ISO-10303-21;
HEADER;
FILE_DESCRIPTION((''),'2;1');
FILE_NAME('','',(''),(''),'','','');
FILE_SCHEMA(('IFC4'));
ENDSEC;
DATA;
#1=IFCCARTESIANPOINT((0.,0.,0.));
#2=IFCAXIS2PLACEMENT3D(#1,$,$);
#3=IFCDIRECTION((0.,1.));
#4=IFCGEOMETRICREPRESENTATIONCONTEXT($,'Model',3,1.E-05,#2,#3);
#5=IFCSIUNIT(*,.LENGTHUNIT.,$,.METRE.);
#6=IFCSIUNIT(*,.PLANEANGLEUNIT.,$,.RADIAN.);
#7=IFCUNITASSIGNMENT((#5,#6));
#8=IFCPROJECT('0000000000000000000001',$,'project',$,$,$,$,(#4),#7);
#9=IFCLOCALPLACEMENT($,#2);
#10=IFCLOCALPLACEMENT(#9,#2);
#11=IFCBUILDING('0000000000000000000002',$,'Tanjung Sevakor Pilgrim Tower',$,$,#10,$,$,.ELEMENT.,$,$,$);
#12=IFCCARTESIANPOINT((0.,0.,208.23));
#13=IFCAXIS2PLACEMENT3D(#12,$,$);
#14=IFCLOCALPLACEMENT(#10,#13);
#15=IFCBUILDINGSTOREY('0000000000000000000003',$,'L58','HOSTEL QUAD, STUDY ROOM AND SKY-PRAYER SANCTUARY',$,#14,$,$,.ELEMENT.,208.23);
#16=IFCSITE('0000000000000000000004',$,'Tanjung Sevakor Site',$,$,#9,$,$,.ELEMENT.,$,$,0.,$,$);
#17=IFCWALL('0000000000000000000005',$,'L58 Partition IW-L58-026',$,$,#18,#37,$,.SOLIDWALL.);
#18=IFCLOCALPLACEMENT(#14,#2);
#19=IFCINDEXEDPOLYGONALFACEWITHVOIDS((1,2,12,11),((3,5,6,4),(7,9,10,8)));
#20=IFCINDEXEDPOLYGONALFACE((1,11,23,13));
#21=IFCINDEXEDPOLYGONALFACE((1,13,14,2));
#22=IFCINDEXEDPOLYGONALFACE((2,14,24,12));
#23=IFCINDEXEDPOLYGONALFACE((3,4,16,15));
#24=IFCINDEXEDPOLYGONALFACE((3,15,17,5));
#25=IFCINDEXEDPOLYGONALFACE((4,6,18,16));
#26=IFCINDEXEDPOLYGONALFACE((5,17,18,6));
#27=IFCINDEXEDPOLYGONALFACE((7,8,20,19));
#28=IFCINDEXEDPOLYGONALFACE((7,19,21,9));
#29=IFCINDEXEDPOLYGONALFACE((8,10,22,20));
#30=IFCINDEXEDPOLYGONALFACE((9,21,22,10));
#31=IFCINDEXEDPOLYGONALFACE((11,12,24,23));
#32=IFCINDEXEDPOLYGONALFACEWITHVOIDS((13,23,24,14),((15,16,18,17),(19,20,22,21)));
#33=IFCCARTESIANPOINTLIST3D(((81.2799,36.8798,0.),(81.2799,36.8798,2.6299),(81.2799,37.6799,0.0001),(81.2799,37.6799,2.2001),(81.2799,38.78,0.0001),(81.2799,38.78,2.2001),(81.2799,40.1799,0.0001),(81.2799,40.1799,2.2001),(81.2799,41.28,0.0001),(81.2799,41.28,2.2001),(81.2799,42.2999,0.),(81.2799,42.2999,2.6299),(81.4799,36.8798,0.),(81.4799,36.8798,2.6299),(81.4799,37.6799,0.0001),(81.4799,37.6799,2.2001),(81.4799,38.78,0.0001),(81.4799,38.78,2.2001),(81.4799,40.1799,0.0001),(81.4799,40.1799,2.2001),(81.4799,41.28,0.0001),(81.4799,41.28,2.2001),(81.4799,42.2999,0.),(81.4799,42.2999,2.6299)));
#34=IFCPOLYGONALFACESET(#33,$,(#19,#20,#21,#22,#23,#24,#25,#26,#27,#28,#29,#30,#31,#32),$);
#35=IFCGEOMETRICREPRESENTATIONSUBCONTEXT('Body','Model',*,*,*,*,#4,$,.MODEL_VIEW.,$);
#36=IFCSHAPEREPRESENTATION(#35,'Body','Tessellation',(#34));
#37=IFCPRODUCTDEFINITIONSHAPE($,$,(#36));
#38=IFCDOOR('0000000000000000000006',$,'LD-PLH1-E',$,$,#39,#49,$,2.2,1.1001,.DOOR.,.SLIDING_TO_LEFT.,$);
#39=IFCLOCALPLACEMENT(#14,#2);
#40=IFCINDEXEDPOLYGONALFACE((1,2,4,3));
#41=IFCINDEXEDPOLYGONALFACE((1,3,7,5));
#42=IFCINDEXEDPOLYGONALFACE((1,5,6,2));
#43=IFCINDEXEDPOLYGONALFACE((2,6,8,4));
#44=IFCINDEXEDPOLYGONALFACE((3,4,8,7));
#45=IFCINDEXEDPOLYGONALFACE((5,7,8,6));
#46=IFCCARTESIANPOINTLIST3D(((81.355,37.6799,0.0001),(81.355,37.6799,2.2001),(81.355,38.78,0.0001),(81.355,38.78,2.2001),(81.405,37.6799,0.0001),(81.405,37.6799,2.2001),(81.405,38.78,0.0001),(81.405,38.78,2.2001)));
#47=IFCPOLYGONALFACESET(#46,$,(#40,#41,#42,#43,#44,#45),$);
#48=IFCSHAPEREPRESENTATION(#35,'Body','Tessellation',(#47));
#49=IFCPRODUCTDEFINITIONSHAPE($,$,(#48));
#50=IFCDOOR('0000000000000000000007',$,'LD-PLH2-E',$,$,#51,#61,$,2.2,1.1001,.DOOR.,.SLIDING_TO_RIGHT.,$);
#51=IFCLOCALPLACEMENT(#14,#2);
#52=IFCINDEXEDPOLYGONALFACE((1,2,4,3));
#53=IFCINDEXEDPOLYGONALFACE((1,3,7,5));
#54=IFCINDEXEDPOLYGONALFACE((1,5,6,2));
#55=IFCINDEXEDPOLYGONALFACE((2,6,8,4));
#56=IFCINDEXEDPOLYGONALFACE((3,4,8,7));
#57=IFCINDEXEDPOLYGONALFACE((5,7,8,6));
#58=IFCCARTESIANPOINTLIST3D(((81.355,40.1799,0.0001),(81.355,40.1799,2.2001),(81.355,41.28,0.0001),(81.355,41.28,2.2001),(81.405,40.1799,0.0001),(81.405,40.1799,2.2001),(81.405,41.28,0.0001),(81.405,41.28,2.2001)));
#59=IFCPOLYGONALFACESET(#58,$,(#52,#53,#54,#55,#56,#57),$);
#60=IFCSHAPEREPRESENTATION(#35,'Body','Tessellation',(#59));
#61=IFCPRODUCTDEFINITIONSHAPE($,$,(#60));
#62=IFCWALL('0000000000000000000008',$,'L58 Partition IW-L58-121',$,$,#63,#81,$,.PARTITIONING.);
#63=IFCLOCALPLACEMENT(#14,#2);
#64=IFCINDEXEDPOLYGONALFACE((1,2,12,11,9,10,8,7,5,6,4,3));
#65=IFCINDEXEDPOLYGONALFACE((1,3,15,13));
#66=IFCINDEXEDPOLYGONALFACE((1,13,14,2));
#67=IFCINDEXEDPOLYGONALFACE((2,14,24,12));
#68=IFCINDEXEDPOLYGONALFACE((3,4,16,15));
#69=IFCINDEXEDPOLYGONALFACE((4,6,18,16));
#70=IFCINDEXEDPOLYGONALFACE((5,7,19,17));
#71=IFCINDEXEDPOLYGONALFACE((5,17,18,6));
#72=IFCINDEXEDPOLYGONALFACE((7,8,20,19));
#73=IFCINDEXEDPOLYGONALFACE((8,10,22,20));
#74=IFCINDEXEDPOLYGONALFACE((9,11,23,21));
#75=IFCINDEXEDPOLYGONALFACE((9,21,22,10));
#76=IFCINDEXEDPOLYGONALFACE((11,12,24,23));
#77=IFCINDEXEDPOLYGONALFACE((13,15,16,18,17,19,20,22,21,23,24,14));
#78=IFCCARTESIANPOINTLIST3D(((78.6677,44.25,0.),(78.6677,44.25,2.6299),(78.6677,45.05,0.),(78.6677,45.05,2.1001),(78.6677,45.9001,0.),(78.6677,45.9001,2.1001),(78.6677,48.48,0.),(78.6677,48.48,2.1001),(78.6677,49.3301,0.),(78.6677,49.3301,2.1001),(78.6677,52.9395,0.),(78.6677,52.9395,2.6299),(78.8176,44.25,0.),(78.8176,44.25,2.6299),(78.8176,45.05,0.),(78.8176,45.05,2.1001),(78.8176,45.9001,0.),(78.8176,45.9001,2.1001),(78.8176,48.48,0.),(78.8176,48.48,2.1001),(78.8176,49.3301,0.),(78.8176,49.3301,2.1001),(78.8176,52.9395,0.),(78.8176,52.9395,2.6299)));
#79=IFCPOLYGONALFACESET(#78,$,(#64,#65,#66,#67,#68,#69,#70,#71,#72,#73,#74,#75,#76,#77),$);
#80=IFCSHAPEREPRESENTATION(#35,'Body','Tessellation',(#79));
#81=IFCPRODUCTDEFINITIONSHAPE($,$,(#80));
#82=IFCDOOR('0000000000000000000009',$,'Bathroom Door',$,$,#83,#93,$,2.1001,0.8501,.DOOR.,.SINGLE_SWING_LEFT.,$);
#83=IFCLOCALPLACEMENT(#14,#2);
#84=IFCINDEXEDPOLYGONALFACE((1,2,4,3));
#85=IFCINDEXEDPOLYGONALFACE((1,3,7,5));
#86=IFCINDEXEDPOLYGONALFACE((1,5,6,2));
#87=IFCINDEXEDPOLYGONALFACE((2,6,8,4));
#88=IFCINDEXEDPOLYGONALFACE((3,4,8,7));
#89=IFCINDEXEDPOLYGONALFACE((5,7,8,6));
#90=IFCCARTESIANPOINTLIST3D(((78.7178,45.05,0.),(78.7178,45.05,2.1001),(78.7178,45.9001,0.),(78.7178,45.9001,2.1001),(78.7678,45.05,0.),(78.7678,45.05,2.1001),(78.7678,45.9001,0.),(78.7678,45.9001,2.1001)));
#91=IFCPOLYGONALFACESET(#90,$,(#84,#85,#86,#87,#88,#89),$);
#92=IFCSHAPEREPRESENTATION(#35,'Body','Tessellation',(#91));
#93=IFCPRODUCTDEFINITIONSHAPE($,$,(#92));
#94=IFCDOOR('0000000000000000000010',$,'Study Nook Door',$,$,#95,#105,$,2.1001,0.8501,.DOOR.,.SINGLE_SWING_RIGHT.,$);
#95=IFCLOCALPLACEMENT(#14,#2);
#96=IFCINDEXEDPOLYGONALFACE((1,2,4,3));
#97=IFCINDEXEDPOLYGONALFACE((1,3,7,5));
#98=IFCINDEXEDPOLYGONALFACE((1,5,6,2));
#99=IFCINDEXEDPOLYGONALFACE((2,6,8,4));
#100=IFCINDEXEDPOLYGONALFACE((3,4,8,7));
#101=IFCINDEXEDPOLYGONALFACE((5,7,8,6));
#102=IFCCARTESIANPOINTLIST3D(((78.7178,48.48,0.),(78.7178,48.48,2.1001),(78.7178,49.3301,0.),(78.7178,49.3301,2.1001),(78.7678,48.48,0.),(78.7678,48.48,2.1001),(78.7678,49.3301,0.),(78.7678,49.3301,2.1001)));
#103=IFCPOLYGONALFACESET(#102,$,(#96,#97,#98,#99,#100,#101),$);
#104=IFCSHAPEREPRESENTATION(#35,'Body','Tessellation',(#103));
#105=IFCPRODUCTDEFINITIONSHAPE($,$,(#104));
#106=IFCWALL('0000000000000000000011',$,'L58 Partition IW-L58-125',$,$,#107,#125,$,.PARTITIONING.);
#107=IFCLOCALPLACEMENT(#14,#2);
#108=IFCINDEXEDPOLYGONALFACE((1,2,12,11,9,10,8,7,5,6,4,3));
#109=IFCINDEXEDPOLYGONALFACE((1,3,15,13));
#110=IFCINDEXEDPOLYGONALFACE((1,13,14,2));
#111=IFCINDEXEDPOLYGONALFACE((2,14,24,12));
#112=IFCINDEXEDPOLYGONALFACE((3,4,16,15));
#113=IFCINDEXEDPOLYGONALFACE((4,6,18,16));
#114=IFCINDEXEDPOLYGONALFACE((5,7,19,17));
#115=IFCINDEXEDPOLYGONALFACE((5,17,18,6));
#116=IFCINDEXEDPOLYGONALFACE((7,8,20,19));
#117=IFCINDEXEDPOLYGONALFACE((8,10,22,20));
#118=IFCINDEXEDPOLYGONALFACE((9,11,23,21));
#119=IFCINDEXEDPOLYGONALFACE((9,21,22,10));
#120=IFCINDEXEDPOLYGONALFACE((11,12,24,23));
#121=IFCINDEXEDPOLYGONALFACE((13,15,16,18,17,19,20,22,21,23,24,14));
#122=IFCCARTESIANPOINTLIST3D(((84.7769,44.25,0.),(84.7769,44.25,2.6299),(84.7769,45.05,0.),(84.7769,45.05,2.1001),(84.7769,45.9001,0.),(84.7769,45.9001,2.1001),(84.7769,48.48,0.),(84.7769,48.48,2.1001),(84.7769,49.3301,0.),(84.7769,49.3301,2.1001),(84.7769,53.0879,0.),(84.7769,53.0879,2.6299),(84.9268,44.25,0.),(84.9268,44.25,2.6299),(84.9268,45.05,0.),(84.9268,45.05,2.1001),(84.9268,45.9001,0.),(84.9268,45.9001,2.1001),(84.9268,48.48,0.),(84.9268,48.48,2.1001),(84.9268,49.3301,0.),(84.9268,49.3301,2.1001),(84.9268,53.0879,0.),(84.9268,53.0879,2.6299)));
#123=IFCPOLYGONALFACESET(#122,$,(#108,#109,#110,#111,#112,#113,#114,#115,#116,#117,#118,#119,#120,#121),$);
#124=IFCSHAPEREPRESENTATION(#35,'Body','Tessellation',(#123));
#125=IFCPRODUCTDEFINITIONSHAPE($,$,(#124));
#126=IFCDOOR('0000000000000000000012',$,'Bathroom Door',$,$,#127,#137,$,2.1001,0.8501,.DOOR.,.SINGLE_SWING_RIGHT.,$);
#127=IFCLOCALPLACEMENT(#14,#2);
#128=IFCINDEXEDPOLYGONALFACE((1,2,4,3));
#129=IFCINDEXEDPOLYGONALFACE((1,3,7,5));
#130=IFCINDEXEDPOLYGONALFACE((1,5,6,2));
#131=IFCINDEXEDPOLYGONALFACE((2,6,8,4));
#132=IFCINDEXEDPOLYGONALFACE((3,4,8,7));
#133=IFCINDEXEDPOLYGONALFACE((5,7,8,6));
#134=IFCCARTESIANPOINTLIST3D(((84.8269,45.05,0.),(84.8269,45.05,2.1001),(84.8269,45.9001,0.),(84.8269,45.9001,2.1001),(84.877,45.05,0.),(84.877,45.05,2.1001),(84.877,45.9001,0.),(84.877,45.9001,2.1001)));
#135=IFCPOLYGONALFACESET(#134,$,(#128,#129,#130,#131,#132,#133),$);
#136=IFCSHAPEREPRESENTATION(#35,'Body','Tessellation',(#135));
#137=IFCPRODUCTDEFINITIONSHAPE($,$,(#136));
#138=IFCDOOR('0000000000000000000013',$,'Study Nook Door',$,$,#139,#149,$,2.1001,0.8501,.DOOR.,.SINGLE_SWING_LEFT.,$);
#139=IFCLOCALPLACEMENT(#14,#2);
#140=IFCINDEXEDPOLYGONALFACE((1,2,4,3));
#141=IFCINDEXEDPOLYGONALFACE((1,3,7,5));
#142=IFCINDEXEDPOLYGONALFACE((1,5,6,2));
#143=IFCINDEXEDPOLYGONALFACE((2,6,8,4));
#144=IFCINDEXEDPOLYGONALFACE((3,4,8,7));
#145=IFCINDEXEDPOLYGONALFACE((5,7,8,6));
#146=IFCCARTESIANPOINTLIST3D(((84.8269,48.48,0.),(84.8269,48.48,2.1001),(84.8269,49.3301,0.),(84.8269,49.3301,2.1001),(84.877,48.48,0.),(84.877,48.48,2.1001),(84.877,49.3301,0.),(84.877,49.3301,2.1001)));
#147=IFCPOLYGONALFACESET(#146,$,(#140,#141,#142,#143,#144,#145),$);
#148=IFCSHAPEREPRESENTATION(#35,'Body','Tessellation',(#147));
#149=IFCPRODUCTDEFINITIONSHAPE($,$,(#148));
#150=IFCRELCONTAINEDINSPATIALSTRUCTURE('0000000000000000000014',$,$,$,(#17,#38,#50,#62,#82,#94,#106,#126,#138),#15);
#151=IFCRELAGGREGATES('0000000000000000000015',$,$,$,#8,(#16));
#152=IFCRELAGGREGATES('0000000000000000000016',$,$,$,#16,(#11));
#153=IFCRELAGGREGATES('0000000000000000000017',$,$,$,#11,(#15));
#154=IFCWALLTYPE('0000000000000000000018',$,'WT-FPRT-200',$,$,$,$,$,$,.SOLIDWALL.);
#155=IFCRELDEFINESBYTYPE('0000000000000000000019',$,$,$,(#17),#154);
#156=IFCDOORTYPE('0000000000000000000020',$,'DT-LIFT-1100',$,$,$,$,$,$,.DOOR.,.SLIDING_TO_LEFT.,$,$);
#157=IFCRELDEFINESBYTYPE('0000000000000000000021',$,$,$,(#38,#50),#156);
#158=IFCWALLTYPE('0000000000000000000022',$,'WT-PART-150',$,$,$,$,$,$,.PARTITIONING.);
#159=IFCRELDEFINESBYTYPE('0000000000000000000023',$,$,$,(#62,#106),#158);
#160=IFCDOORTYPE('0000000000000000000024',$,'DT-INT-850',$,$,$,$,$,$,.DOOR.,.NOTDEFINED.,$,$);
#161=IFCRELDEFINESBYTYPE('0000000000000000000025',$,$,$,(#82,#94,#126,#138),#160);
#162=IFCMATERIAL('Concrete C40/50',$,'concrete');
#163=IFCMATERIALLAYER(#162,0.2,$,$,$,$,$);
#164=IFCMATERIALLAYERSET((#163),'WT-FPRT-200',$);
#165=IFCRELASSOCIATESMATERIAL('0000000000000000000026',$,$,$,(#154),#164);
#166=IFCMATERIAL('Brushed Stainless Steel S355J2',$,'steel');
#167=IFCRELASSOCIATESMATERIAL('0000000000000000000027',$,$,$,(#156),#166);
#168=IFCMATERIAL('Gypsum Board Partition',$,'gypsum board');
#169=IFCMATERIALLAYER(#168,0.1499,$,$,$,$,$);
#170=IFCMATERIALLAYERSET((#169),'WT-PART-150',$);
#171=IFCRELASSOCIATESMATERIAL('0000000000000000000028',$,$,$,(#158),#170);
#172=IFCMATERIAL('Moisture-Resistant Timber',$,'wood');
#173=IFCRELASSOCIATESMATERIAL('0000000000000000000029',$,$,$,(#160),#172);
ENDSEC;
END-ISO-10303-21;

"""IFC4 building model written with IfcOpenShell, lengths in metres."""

from ifc_helpers import new_model, si_unit, direction, frame, frame_2d, origin, place, context, subcontext, project, spatial, rectangle, extrude, material, layer, layer_set, type_object, element, fill, save


model = new_model("IFC4")

# Units and contexts
model_context = context("Model", 3, precision=1e-05, world=origin(), true_north=direction((0.0, 1.0)))
body_context = subcontext(model_context, "Body", "Model", "MODEL_VIEW")
ifc_project = project(units=[si_unit("LENGTHUNIT", "METRE"), si_unit("PLANEANGLEUNIT", "RADIAN")], contexts=[model_context])

# Site, building, storey
site_placement = place(None, origin())
site = spatial("IfcSite", under=ifc_project, at=site_placement, Name="Tanjung Sevakor Site", CompositionType="ELEMENT", RefElevation=0.0)
building_placement = place(site_placement, origin())
building = spatial("IfcBuilding", under=site, at=building_placement, Name="Tanjung Sevakor Pilgrim Tower", CompositionType="ELEMENT")
storey_placement = place(building_placement, frame((0.0, 0.0, 208.23)))
storey = spatial("IfcBuildingStorey", under=building, at=storey_placement, Name="L58", Description="HOSTEL QUAD, STUDY ROOM AND SKY-PRAYER SANCTUARY", CompositionType="ELEMENT", Elevation=208.23)

# Shared definitions
ifc_material_1 = material(Name="Concrete C40/50", Category="concrete")
ifc_layer_1 = layer(ifc_material_1, 0.2)
ifc_layer_set_1 = layer_set([ifc_layer_1], Name="WT-FPRT-200")
wall_type_1 = type_object("IfcWallType", Name="WT-FPRT-200", PredefinedType="SOLIDWALL", material=ifc_layer_set_1)

# Walls, openings, doors
wall_1_placement = place(storey_placement, frame((81.3799, 36.8799, 0.0), z_axis=(0.0, 0.0, 1.0), x_axis=(0.0, 1.0, 0.0)))
wall_1 = element("IfcWall", 1, at=wall_1_placement, inside=storey, type_object=wall_type_1, Name="L58 Partition IW-L58-026", PredefinedType="SOLIDWALL", context=body_context, shape_type="SweptSolid", body=[
    extrude(rectangle(XDim=5.4202, YDim=0.2, at=frame_2d((2.71, 0.0))), origin(), (0.0, 0.0, 1.0), 2.6299),
])
opening_1_placement = place(wall_1_placement, frame((0.8, 0.0, 0.0)))
opening_1 = element("IfcOpeningElement", 2, at=opening_1_placement, cuts=wall_1, PredefinedType="OPENING", context=body_context, shape_type="SweptSolid", body=[
    extrude(rectangle(XDim=1.1001, YDim=2.2, at=frame_2d((0.55, 1.1001))), frame((0.0, 0.1099, 0.0), z_axis=(0.0, -1.0, 0.0), x_axis=(1.0, 0.0, 0.0)), (0.0, 0.0, 1.0), 0.22),
])
opening_2_placement = place(wall_1_placement, frame((3.3, 0.0, 0.0)))
opening_2 = element("IfcOpeningElement", 3, at=opening_2_placement, cuts=wall_1, PredefinedType="OPENING", context=body_context, shape_type="SweptSolid", body=[
    extrude(rectangle(XDim=1.1001, YDim=2.2, at=frame_2d((0.55, 1.1001))), frame((0.0, 0.1099, 0.0), z_axis=(0.0, -1.0, 0.0), x_axis=(1.0, 0.0, 0.0)), (0.0, 0.0, 1.0), 0.22),
])
ifc_material_2 = material(Name="Brushed Stainless Steel S355J2", Category="steel")
door_type_1 = type_object("IfcDoorType", Name="DT-LIFT-1100", OperationType="SLIDING_TO_LEFT", PredefinedType="DOOR", material=ifc_material_2)
door_1_placement = place(opening_1_placement, origin())
door_1 = element("IfcDoor", 4, at=door_1_placement, inside=storey, type_object=door_type_1, Name="LD-PLH1-E", OperationType="SLIDING_TO_LEFT", OverallHeight=2.2, OverallWidth=1.1001, PredefinedType="DOOR", context=body_context, shape_type="SweptSolid", body=[
    extrude(rectangle(XDim=1.1001, YDim=2.2, at=frame_2d((0.55, 1.1001))), frame((0.0, 0.0249, 0.0), z_axis=(0.0, -1.0, 0.0), x_axis=(1.0, 0.0, 0.0)), (0.0, 0.0, 1.0), 0.05),
])
fill(opening_1, door_1)
door_2_placement = place(opening_2_placement, origin())
door_2 = element("IfcDoor", 5, at=door_2_placement, inside=storey, type_object=door_type_1, Name="LD-PLH2-E", OperationType="SLIDING_TO_RIGHT", OverallHeight=2.2, OverallWidth=1.1001, PredefinedType="DOOR", context=body_context, shape_type="SweptSolid", body=[
    extrude(rectangle(XDim=1.1001, YDim=2.2, at=frame_2d((0.55, 1.1001))), frame((0.0, 0.0249, 0.0), z_axis=(0.0, -1.0, 0.0), x_axis=(1.0, 0.0, 0.0)), (0.0, 0.0, 1.0), 0.05),
])
fill(opening_2, door_2)
ifc_material_3 = material(Name="Gypsum Board Partition", Category="gypsum board")
ifc_layer_2 = layer(ifc_material_3, 0.1499)
ifc_layer_set_2 = layer_set([ifc_layer_2], Name="WT-PART-150")
wall_type_2 = type_object("IfcWallType", Name="WT-PART-150", PredefinedType="PARTITIONING", material=ifc_layer_set_2)
wall_2_placement = place(storey_placement, frame((78.7427, 44.25, 0.0), z_axis=(0.0, 0.0, 1.0), x_axis=(0.0, 1.0, 0.0)))
wall_2 = element("IfcWall", 6, at=wall_2_placement, inside=storey, type_object=wall_type_2, Name="L58 Partition IW-L58-121", PredefinedType="PARTITIONING", context=body_context, shape_type="SweptSolid", body=[
    extrude(rectangle(XDim=8.6895, YDim=0.1499, at=frame_2d((4.3447, 0.0))), origin(), (0.0, 0.0, 1.0), 2.6299),
])
opening_3_placement = place(wall_2_placement, frame((0.8, 0.0, 0.0)))
opening_3 = element("IfcOpeningElement", 7, at=opening_3_placement, cuts=wall_2, PredefinedType="OPENING", context=body_context, shape_type="SweptSolid", body=[
    extrude(rectangle(XDim=0.8501, YDim=2.1001, at=frame_2d((0.425, 1.05))), frame((0.0, 0.085, 0.0), z_axis=(0.0, -1.0, 0.0), x_axis=(1.0, 0.0, 0.0)), (0.0, 0.0, 1.0), 0.1699),
])
opening_4_placement = place(wall_2_placement, frame((4.23, 0.0, 0.0)))
opening_4 = element("IfcOpeningElement", 8, at=opening_4_placement, cuts=wall_2, PredefinedType="OPENING", context=body_context, shape_type="SweptSolid", body=[
    extrude(rectangle(XDim=0.8501, YDim=2.1001, at=frame_2d((0.425, 1.05))), frame((0.0, 0.085, 0.0), z_axis=(0.0, -1.0, 0.0), x_axis=(1.0, 0.0, 0.0)), (0.0, 0.0, 1.0), 0.1699),
])
ifc_material_4 = material(Name="Moisture-Resistant Timber", Category="wood")
door_type_2 = type_object("IfcDoorType", Name="DT-INT-850", OperationType="NOTDEFINED", PredefinedType="DOOR", material=ifc_material_4)
door_3_placement = place(opening_3_placement, origin())
door_3 = element("IfcDoor", 9, at=door_3_placement, inside=storey, type_object=door_type_2, Name="Bathroom Door", OperationType="SINGLE_SWING_LEFT", OverallHeight=2.1001, OverallWidth=0.8501, PredefinedType="DOOR", context=body_context, shape_type="SweptSolid", body=[
    extrude(rectangle(XDim=0.8501, YDim=2.1001, at=frame_2d((0.425, 1.05))), frame((0.0, 0.0249, 0.0), z_axis=(0.0, -1.0, 0.0), x_axis=(1.0, 0.0, 0.0)), (0.0, 0.0, 1.0), 0.05),
])
fill(opening_3, door_3)
door_4_placement = place(opening_4_placement, origin())
door_4 = element("IfcDoor", 10, at=door_4_placement, inside=storey, type_object=door_type_2, Name="Study Nook Door", OperationType="SINGLE_SWING_RIGHT", OverallHeight=2.1001, OverallWidth=0.8501, PredefinedType="DOOR", context=body_context, shape_type="SweptSolid", body=[
    extrude(rectangle(XDim=0.8501, YDim=2.1001, at=frame_2d((0.425, 1.05))), frame((0.0, 0.0249, 0.0), z_axis=(0.0, -1.0, 0.0), x_axis=(1.0, 0.0, 0.0)), (0.0, 0.0, 1.0), 0.05),
])
fill(opening_4, door_4)
wall_3_placement = place(storey_placement, frame((84.8518, 44.25, 0.0), z_axis=(0.0, 0.0, 1.0), x_axis=(0.0, 1.0, 0.0)))
wall_3 = element("IfcWall", 11, at=wall_3_placement, inside=storey, type_object=wall_type_2, Name="L58 Partition IW-L58-125", PredefinedType="PARTITIONING", context=body_context, shape_type="SweptSolid", body=[
    extrude(rectangle(XDim=8.8379, YDim=0.1499, at=frame_2d((4.4189, 0.0))), origin(), (0.0, 0.0, 1.0), 2.6299),
])
opening_5_placement = place(wall_3_placement, frame((0.8, 0.0, 0.0)))
opening_5 = element("IfcOpeningElement", 12, at=opening_5_placement, cuts=wall_3, PredefinedType="OPENING", context=body_context, shape_type="SweptSolid", body=[
    extrude(rectangle(XDim=0.8501, YDim=2.1001, at=frame_2d((0.425, 1.05))), frame((0.0, 0.085, 0.0), z_axis=(0.0, -1.0, 0.0), x_axis=(1.0, 0.0, 0.0)), (0.0, 0.0, 1.0), 0.1699),
])
opening_6_placement = place(wall_3_placement, frame((4.23, 0.0, 0.0)))
opening_6 = element("IfcOpeningElement", 13, at=opening_6_placement, cuts=wall_3, PredefinedType="OPENING", context=body_context, shape_type="SweptSolid", body=[
    extrude(rectangle(XDim=0.8501, YDim=2.1001, at=frame_2d((0.425, 1.05))), frame((0.0, 0.085, 0.0), z_axis=(0.0, -1.0, 0.0), x_axis=(1.0, 0.0, 0.0)), (0.0, 0.0, 1.0), 0.1699),
])
door_5_placement = place(opening_5_placement, origin())
door_5 = element("IfcDoor", 14, at=door_5_placement, inside=storey, type_object=door_type_2, Name="Bathroom Door", OperationType="SINGLE_SWING_RIGHT", OverallHeight=2.1001, OverallWidth=0.8501, PredefinedType="DOOR", context=body_context, shape_type="SweptSolid", body=[
    extrude(rectangle(XDim=0.8501, YDim=2.1001, at=frame_2d((0.425, 1.05))), frame((0.0, 0.0249, 0.0), z_axis=(0.0, -1.0, 0.0), x_axis=(1.0, 0.0, 0.0)), (0.0, 0.0, 1.0), 0.05),
])
fill(opening_5, door_5)
door_6_placement = place(opening_6_placement, origin())
door_6 = element("IfcDoor", 15, at=door_6_placement, inside=storey, type_object=door_type_2, Name="Study Nook Door", OperationType="SINGLE_SWING_LEFT", OverallHeight=2.1001, OverallWidth=0.8501, PredefinedType="DOOR", context=body_context, shape_type="SweptSolid", body=[
    extrude(rectangle(XDim=0.8501, YDim=2.1001, at=frame_2d((0.425, 1.05))), frame((0.0, 0.0249, 0.0), z_axis=(0.0, -1.0, 0.0), x_axis=(1.0, 0.0, 0.0)), (0.0, 0.0, 1.0), 0.05),
])
fill(opening_6, door_6)

save(model, "model.ifc")
